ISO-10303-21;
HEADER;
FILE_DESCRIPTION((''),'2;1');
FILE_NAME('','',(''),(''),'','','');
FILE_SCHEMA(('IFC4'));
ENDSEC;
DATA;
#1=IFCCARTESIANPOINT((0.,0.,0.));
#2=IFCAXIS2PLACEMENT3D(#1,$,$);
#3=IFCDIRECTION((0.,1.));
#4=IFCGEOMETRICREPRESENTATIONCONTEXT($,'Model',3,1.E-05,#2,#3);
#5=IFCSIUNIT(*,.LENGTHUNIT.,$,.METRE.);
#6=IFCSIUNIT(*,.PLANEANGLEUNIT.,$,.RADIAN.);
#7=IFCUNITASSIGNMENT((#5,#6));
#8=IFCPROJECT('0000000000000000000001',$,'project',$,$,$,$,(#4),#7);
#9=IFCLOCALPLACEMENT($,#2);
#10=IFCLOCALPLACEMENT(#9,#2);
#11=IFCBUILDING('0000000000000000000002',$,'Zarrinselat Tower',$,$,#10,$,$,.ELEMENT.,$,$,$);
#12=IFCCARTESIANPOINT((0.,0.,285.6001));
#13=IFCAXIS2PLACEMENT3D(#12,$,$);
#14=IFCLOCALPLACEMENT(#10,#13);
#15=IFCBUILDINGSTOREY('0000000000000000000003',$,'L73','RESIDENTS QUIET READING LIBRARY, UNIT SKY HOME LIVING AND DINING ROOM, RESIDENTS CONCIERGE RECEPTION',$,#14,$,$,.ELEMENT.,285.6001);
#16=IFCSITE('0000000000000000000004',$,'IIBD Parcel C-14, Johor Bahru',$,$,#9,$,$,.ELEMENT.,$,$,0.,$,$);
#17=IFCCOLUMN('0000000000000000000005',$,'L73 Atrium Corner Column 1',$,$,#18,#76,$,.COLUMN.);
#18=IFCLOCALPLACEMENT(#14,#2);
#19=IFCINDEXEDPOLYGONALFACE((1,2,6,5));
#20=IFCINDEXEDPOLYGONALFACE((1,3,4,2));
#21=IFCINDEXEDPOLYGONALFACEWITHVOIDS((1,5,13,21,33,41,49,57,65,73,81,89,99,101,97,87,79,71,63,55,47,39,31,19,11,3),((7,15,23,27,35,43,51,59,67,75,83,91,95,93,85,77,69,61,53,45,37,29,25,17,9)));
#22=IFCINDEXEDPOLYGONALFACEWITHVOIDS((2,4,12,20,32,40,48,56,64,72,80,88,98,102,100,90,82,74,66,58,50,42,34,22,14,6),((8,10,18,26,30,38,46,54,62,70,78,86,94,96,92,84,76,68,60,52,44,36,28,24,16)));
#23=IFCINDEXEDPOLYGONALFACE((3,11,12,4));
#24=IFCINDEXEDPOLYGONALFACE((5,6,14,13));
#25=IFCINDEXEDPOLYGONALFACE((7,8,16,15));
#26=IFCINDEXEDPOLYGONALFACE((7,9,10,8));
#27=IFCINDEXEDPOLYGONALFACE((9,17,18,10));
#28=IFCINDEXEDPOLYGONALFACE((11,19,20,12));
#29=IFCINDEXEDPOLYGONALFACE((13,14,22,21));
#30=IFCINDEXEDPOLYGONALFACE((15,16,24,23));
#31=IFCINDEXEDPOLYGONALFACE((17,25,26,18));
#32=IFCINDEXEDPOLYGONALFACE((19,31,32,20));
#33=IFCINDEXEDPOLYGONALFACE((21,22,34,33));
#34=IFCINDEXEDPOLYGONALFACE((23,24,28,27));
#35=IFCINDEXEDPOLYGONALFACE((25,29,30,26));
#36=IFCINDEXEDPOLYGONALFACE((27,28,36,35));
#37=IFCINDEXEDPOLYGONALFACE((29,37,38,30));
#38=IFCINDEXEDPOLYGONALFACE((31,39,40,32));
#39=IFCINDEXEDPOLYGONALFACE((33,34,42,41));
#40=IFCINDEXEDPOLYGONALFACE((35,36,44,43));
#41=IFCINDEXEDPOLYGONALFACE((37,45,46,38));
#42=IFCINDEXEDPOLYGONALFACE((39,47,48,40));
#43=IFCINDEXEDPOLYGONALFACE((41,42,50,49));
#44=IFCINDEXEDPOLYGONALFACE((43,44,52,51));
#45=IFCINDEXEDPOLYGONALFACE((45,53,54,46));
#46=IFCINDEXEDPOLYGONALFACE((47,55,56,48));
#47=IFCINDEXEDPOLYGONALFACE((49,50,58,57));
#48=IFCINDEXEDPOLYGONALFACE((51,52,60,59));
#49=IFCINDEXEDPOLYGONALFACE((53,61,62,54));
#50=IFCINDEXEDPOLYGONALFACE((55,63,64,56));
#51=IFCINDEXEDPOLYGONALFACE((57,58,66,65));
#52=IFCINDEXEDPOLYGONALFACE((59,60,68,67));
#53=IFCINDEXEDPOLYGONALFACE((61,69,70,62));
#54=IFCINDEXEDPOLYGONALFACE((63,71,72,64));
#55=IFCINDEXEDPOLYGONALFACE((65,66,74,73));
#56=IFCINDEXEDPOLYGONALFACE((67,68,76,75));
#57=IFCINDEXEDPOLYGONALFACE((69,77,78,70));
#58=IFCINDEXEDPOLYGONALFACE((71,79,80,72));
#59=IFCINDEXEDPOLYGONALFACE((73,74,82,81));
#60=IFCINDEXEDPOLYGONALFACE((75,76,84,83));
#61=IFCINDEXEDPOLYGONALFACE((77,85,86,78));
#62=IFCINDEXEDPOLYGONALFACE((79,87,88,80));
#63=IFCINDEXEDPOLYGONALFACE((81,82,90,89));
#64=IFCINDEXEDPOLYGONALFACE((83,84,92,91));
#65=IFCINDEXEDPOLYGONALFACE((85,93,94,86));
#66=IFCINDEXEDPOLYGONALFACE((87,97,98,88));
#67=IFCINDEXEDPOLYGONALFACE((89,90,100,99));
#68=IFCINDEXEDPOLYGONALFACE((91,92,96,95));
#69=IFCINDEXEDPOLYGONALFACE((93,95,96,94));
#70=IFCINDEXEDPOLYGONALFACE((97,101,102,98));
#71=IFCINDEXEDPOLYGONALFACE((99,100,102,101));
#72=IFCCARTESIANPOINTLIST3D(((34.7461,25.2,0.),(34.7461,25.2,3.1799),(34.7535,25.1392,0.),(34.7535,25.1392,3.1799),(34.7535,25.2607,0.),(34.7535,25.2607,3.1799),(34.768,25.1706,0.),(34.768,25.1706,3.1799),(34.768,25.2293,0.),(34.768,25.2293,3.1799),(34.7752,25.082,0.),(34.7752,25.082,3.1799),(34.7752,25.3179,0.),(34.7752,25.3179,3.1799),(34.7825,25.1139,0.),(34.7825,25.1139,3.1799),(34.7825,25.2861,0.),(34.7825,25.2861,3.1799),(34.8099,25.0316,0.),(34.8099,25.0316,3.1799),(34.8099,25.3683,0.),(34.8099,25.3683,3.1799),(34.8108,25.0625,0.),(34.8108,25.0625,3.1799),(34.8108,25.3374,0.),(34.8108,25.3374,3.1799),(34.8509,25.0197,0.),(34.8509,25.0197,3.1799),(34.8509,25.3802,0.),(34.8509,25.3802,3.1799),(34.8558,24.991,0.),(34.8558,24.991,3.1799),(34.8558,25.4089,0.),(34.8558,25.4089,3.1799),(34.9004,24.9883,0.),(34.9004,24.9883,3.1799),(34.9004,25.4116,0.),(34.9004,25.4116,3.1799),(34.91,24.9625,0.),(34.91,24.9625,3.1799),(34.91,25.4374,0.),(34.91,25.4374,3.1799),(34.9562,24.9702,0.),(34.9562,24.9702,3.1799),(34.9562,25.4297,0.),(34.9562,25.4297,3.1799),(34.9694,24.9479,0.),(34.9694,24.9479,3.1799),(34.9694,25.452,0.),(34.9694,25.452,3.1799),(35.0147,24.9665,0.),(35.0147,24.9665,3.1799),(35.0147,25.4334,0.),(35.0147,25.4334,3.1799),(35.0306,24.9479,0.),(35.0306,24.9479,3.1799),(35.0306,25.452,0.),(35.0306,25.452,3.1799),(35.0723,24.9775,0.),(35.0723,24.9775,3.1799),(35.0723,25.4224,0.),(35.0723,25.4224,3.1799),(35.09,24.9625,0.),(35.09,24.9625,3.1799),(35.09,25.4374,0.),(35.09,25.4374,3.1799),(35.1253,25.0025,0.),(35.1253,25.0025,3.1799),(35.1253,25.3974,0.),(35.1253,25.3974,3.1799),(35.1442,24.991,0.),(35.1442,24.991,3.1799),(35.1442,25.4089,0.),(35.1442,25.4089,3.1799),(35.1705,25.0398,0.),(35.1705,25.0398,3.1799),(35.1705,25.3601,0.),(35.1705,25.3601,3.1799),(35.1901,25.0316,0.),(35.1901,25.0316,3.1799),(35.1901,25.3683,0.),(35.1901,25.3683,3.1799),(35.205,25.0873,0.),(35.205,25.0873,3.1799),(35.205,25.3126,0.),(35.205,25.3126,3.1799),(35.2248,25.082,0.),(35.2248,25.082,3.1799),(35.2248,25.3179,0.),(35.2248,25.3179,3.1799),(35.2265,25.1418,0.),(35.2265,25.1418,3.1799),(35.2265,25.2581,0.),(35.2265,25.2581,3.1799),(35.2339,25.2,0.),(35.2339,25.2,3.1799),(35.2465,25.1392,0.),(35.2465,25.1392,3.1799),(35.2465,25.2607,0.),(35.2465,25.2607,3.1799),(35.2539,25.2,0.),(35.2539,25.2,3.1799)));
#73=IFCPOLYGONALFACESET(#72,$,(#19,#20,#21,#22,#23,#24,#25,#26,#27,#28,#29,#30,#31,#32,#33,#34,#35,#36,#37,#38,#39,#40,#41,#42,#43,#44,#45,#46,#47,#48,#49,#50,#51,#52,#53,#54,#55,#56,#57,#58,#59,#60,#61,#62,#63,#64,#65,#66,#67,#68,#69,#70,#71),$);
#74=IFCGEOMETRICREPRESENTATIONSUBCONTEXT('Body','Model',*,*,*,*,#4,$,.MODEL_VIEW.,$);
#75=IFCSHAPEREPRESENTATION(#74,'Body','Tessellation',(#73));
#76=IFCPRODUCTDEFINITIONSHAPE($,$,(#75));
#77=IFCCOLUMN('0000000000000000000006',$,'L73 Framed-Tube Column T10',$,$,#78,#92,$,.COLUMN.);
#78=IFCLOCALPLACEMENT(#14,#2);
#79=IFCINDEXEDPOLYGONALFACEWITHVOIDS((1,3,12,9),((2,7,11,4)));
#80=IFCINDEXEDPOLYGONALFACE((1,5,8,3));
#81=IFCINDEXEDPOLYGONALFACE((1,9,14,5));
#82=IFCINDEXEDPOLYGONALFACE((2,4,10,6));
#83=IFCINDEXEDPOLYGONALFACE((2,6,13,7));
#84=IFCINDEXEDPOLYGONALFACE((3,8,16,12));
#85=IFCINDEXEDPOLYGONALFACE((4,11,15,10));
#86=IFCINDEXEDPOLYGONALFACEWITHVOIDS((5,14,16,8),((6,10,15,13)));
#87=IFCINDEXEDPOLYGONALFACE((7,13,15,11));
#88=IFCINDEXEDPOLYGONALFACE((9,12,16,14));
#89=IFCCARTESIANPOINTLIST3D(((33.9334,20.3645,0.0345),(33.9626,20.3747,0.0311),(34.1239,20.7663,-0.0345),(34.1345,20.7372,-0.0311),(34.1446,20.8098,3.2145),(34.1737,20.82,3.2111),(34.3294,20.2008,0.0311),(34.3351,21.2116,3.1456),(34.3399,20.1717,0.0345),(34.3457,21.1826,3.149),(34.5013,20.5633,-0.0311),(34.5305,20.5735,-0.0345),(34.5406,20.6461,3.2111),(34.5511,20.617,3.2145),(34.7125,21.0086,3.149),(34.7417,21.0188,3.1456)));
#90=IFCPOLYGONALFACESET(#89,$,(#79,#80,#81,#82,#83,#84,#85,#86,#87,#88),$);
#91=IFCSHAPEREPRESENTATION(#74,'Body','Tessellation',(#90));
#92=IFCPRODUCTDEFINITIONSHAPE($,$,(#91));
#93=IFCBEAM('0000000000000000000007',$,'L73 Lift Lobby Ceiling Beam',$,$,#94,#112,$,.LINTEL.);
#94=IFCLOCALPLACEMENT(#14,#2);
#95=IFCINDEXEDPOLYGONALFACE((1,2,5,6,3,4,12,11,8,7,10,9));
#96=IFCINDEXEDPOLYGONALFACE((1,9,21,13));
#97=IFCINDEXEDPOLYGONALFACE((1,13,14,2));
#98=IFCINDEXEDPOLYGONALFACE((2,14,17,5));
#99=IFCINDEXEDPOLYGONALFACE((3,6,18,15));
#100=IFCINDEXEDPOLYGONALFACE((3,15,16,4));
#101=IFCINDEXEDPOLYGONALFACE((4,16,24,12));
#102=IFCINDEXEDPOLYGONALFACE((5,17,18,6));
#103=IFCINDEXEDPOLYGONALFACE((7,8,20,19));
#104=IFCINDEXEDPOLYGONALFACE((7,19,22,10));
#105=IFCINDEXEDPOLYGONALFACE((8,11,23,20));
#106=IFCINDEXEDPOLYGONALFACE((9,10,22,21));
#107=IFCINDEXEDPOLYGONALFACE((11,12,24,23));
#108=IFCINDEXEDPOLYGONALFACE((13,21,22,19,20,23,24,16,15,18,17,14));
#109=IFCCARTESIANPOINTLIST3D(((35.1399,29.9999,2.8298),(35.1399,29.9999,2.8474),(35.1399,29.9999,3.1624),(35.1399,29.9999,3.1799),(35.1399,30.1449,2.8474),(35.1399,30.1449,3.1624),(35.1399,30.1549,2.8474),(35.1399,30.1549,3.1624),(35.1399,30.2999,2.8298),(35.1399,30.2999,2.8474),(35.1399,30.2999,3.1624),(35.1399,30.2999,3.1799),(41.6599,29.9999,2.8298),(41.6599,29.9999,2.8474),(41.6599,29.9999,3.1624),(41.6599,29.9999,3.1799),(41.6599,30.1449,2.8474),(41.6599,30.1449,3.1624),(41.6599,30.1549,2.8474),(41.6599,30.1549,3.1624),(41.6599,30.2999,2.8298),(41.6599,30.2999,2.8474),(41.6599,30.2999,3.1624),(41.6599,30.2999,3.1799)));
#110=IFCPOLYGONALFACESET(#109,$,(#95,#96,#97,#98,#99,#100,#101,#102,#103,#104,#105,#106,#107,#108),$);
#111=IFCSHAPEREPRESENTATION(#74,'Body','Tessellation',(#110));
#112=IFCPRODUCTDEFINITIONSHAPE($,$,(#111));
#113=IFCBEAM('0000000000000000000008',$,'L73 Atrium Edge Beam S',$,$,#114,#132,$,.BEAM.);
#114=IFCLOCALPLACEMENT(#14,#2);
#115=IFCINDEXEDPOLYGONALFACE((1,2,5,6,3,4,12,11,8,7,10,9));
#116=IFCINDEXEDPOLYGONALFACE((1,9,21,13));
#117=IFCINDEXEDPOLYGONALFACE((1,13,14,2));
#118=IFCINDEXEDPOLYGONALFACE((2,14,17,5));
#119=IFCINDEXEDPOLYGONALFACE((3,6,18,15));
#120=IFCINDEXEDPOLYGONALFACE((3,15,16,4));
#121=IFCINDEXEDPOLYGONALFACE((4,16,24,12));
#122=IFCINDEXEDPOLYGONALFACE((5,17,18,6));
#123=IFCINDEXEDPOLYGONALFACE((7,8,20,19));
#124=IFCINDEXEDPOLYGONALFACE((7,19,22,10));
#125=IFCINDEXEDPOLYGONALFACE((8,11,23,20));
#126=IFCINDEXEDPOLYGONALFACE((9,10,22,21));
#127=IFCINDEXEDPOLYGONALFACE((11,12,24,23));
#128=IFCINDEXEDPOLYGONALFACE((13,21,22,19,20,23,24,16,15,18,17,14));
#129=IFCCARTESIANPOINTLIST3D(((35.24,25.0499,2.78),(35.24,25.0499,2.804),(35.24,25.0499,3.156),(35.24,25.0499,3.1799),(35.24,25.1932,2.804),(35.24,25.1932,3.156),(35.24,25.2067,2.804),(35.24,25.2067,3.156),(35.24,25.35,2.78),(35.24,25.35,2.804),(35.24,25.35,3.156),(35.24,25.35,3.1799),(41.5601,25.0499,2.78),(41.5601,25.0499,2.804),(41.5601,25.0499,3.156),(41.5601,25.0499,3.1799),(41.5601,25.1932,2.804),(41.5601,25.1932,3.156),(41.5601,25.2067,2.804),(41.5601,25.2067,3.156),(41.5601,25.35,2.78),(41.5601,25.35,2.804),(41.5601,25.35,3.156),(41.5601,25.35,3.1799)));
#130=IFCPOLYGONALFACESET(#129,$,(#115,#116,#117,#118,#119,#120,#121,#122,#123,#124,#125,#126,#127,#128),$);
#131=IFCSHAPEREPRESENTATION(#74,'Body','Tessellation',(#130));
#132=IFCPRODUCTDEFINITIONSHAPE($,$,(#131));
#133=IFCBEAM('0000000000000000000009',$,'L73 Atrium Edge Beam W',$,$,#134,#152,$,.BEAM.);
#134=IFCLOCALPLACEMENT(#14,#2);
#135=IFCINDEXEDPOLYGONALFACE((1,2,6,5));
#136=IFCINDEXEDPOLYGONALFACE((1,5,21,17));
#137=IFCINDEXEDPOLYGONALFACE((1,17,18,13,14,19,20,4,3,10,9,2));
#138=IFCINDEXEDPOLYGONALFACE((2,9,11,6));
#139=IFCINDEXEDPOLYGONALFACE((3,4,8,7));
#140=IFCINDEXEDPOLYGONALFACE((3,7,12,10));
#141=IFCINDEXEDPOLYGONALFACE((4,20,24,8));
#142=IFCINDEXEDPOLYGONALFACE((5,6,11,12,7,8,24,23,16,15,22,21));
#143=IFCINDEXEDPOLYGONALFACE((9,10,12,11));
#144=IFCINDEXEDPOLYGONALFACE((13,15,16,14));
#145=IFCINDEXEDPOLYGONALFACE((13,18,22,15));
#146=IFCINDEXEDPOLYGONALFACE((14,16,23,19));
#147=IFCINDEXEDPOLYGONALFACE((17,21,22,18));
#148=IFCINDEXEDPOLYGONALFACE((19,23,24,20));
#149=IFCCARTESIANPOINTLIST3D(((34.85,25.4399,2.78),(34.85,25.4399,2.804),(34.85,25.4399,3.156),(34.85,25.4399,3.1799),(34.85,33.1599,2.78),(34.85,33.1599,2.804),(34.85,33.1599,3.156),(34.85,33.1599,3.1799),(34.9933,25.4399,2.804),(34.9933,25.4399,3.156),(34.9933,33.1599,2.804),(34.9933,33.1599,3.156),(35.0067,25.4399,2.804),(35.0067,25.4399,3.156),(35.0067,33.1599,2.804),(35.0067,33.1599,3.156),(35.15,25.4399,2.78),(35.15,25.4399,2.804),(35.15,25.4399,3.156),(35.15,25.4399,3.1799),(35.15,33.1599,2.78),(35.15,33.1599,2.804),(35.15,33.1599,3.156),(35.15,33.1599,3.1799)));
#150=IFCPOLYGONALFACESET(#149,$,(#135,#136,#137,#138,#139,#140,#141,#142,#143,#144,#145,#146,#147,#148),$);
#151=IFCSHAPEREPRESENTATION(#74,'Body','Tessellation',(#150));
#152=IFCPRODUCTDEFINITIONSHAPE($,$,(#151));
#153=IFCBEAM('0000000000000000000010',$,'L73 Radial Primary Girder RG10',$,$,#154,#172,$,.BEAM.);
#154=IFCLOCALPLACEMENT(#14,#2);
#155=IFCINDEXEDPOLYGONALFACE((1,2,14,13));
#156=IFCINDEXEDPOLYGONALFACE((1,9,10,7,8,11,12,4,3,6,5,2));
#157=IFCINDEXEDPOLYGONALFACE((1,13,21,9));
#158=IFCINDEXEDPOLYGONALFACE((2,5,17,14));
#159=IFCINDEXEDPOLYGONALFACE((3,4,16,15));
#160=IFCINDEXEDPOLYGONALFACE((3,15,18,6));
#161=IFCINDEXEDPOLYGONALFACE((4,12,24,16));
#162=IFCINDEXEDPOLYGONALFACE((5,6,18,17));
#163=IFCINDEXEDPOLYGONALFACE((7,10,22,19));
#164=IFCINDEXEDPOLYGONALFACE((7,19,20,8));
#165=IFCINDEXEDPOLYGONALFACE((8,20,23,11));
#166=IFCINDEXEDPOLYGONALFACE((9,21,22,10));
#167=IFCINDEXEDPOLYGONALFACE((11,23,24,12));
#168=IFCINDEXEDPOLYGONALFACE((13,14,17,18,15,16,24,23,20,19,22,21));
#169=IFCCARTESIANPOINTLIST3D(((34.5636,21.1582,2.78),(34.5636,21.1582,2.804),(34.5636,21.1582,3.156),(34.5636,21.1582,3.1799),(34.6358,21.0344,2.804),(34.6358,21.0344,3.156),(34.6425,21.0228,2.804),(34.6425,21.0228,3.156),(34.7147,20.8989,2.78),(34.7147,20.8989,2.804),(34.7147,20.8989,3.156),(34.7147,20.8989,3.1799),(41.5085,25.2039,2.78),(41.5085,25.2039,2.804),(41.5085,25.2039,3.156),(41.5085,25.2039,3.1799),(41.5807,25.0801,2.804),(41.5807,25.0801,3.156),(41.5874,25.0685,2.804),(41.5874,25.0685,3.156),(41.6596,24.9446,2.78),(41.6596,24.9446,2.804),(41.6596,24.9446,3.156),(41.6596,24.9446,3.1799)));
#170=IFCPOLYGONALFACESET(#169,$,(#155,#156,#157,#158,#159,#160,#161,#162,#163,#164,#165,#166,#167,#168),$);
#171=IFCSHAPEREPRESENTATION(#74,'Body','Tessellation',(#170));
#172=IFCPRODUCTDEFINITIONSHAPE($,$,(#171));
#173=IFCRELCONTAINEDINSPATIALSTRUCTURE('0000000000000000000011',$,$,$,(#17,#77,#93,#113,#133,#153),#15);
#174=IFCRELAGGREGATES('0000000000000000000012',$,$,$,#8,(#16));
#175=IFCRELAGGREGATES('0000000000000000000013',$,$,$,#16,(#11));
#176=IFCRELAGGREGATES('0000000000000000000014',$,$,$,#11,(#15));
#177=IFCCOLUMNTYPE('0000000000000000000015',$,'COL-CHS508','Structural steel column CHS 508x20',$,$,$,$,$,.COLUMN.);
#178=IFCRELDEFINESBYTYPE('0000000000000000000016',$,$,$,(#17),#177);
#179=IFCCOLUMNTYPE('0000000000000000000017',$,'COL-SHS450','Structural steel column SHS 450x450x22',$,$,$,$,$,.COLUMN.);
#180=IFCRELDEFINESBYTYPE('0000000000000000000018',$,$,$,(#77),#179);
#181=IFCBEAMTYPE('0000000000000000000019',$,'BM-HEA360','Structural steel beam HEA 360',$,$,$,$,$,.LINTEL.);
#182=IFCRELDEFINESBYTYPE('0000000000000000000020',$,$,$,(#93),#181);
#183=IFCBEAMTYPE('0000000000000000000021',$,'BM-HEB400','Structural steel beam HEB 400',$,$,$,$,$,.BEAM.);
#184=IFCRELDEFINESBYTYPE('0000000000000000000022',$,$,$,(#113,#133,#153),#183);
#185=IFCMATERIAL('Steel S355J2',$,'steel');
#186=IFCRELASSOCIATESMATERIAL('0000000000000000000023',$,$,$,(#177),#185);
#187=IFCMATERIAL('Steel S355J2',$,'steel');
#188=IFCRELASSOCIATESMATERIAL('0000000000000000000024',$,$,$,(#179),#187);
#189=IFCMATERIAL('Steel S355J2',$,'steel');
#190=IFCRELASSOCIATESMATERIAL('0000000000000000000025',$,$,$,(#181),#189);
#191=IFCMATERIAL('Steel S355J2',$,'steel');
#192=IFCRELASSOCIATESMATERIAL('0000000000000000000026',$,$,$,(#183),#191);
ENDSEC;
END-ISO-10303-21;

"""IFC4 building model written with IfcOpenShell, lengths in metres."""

from ifc_helpers import new_model, si_unit, direction, frame, origin, origin_2d, place, context, subcontext, project, spatial, hollow_rectangle, hollow_circle, i_section, extrude, material, material_profile, profile_set, type_object, element, save


model = new_model("IFC4")

# Units and contexts
model_context = context("Model", 3, precision=1e-05, world=origin(), true_north=direction((0.0, 1.0)))
body_context = subcontext(model_context, "Body", "Model", "MODEL_VIEW")
ifc_project = project(units=[si_unit("LENGTHUNIT", "METRE"), si_unit("PLANEANGLEUNIT", "RADIAN")], contexts=[model_context])

# Site, building, storey
site_placement = place(None, origin())
site = spatial("IfcSite", under=ifc_project, at=site_placement, Name="IIBD Parcel C-14, Johor Bahru", CompositionType="ELEMENT", RefElevation=0.0)
building_placement = place(site_placement, origin())
building = spatial("IfcBuilding", under=site, at=building_placement, Name="Zarrinselat Tower", CompositionType="ELEMENT")
storey_placement = place(building_placement, frame((0.0, 0.0, 285.6001)))
storey = spatial("IfcBuildingStorey", under=building, at=storey_placement, Name="L73", Description="RESIDENTS QUIET READING LIBRARY, UNIT SKY HOME LIVING AND DINING ROOM, RESIDENTS CONCIERGE RECEPTION", CompositionType="ELEMENT", Elevation=285.6001)

# Columns
ifc_material_1 = material(Name="Steel S355J2", Category="steel")
ifc_material_profile_1 = material_profile(ifc_material_1, hollow_circle(Radius=0.2539, WallThickness=0.02, at=origin_2d()), Name="CHS 508x20")
ifc_profile_set_1 = profile_set([ifc_material_profile_1], Name="Steel S355J2")
column_type_1 = type_object("IfcColumnType", Name="COL-CHS508", Description="Structural steel column CHS 508x20", PredefinedType="COLUMN", material=ifc_profile_set_1)
column_1_placement = place(storey_placement, frame((35.0, 25.2, 0.0), z_axis=(0.0, 0.0, 1.0), x_axis=(1.0, 0.0, 0.0)))
element("IfcColumn", 1, at=column_1_placement, inside=storey, type_object=column_type_1, Name="L73 Atrium Corner Column 1", PredefinedType="COLUMN", context=body_context, shape_type="SweptSolid", body=[
    extrude(hollow_circle(Radius=0.2539, WallThickness=0.02, at=origin_2d()), origin(), (0.0, 0.0, 1.0), 3.1799),
])
ifc_material_2 = material(Name="Steel S355J2", Category="steel")
ifc_material_profile_2 = material_profile(ifc_material_2, hollow_rectangle(XDim=0.45, YDim=0.45, WallThickness=0.022, at=origin_2d()), Name="SHS 450x450x22")
ifc_profile_set_2 = profile_set([ifc_material_profile_2], Name="Steel S355J2")
column_type_2 = type_object("IfcColumnType", Name="COL-SHS450", Description="Structural steel column SHS 450x450x22", PredefinedType="COLUMN", material=ifc_profile_set_2)
column_2_placement = place(storey_placement, frame((34.2319, 20.469, 0.0), z_axis=(0.065627, 0.138386, 0.988202), x_axis=(-0.903546, 0.428491, 0.0)))
element("IfcColumn", 2, at=column_2_placement, inside=storey, type_object=column_type_2, Name="L73 Framed-Tube Column T10", PredefinedType="COLUMN", context=body_context, shape_type="SweptSolid", body=[
    extrude(hollow_rectangle(XDim=0.45, YDim=0.45, WallThickness=0.022, at=origin_2d()), origin(), (0.0, 0.0, 1.0), 3.218),
])

# Beams
ifc_material_3 = material(Name="Steel S355J2", Category="steel")
ifc_material_profile_3 = material_profile(ifc_material_3, i_section(OverallWidth=0.3, OverallDepth=0.3501, WebThickness=0.01, FlangeThickness=0.0176, at=origin_2d()), Name="HEA 360")
ifc_profile_set_3 = profile_set([ifc_material_profile_3], Name="Steel S355J2")
beam_type_1 = type_object("IfcBeamType", Name="BM-HEA360", Description="Structural steel beam HEA 360", PredefinedType="LINTEL", material=ifc_profile_set_3)
beam_1_placement = place(storey_placement, frame((35.1399, 30.1499, 3.0049), z_axis=(1.0, 0.0, 0.0), x_axis=(0.0, 1.0, 0.0)))
element("IfcBeam", 3, at=beam_1_placement, inside=storey, type_object=beam_type_1, Name="L73 Lift Lobby Ceiling Beam", PredefinedType="LINTEL", context=body_context, shape_type="SweptSolid", body=[
    extrude(i_section(OverallWidth=0.3, OverallDepth=0.3501, WebThickness=0.01, FlangeThickness=0.0176, at=origin_2d()), origin(), (0.0, 0.0, 1.0), 6.52),
])
ifc_material_4 = material(Name="Steel S355J2", Category="steel")
ifc_material_profile_4 = material_profile(ifc_material_4, i_section(OverallWidth=0.3, OverallDepth=0.3999, WebThickness=0.0134, FlangeThickness=0.0239, at=origin_2d()), Name="HEB 400")
ifc_profile_set_4 = profile_set([ifc_material_profile_4], Name="Steel S355J2")
beam_type_2 = type_object("IfcBeamType", Name="BM-HEB400", Description="Structural steel beam HEB 400", PredefinedType="BEAM", material=ifc_profile_set_4)
beam_2_placement = place(storey_placement, frame((35.24, 25.2, 2.98), z_axis=(1.0, 0.0, 0.0), x_axis=(0.0, 1.0, 0.0)))
element("IfcBeam", 4, at=beam_2_placement, inside=storey, type_object=beam_type_2, Name="L73 Atrium Edge Beam S", PredefinedType="BEAM", context=body_context, shape_type="SweptSolid", body=[
    extrude(i_section(OverallWidth=0.3, OverallDepth=0.3999, WebThickness=0.0134, FlangeThickness=0.0239, at=origin_2d()), origin(), (0.0, 0.0, 1.0), 6.3201),
])
beam_3_placement = place(storey_placement, frame((35.0, 25.4399, 2.98), z_axis=(0.0, 1.0, 0.0), x_axis=(-1.0, 0.0, 0.0)))
element("IfcBeam", 5, at=beam_3_placement, inside=storey, type_object=beam_type_2, Name="L73 Atrium Edge Beam W", PredefinedType="BEAM", context=body_context, shape_type="SweptSolid", body=[
    extrude(i_section(OverallWidth=0.3, OverallDepth=0.3999, WebThickness=0.0134, FlangeThickness=0.0239, at=origin_2d()), origin(), (0.0, 0.0, 1.0), 7.72),
])
beam_4_placement = place(storey_placement, frame((34.6392, 21.0286, 2.98), z_axis=(0.864076, 0.503361, 0.0), x_axis=(-0.503361, 0.864076, 0.0)))
element("IfcBeam", 6, at=beam_4_placement, inside=storey, type_object=beam_type_2, Name="L73 Radial Primary Girder RG10", PredefinedType="BEAM", context=body_context, shape_type="SweptSolid", body=[
    extrude(i_section(OverallWidth=0.3, OverallDepth=0.3999, WebThickness=0.0134, FlangeThickness=0.0239, at=origin_2d()), origin(), (0.0, 0.0, 1.0), 8.0374),
])

save(model, "model.ifc")
